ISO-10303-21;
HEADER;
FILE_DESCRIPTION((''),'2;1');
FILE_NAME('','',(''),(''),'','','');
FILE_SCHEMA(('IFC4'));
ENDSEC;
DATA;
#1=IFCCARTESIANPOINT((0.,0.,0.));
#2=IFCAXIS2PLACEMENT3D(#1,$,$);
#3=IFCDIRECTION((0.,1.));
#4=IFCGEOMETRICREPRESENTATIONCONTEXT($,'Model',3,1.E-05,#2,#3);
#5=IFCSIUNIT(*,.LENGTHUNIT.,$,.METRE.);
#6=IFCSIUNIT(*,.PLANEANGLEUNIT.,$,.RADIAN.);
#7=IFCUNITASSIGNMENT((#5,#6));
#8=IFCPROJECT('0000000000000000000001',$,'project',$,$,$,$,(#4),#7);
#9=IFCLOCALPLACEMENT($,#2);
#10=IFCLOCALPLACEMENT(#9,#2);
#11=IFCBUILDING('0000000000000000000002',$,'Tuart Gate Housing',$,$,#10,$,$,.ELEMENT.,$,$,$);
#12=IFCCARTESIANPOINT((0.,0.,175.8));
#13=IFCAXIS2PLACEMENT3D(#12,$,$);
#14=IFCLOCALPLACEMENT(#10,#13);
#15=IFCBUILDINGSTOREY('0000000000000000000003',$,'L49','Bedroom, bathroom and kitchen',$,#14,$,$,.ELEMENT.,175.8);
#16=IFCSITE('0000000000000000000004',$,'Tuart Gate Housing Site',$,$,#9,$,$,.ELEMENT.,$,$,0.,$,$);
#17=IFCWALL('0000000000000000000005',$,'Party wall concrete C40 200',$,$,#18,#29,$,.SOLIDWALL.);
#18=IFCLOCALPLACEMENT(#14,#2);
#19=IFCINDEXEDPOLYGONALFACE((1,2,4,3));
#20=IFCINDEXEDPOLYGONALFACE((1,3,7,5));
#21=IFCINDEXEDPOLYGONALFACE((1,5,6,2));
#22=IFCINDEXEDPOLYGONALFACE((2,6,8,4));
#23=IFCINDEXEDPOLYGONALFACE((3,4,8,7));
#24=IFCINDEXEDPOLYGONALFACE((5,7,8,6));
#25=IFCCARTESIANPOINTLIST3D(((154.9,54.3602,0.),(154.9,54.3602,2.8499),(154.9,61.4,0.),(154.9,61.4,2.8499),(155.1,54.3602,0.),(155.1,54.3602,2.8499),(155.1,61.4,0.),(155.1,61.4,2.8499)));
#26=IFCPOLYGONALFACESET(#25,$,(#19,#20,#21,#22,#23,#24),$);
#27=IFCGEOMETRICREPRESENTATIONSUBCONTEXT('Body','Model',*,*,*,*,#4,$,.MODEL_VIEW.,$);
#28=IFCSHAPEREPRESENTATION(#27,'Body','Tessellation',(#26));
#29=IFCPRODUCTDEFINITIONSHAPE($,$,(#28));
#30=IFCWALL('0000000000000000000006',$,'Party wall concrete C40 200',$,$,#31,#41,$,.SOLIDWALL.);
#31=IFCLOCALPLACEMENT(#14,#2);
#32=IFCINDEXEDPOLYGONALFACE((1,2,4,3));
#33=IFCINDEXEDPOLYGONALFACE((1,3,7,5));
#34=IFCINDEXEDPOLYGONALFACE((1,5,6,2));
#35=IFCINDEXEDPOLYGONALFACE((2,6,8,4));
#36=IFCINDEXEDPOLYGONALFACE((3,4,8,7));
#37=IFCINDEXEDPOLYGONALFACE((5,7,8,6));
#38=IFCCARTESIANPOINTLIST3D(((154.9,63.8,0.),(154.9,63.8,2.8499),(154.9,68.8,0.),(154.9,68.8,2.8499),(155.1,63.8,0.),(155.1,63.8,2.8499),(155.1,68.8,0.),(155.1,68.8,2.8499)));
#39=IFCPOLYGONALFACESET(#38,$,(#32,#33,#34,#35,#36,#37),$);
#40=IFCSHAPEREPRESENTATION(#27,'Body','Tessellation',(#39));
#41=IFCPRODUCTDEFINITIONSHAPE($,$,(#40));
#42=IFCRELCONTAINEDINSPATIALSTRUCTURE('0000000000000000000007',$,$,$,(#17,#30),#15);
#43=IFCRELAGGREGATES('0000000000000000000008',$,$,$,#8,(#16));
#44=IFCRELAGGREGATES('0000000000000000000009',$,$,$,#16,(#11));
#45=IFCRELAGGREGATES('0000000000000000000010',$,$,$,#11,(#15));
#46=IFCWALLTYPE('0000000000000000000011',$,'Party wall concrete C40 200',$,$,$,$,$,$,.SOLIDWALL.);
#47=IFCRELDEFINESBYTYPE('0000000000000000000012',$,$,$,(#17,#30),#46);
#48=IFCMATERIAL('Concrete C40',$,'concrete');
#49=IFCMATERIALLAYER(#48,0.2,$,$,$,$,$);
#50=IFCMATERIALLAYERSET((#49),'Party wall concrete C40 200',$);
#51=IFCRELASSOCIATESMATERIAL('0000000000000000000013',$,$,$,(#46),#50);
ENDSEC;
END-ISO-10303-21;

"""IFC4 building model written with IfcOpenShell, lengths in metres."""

from ifc_helpers import new_model, si_unit, direction, frame, frame_2d, origin, place, context, subcontext, project, spatial, rectangle, extrude, material, layer, layer_set, type_object, element, save


model = new_model("IFC4")

# Units and contexts
model_context = context("Model", 3, precision=1e-05, world=origin(), true_north=direction((0.0, 1.0)))
body_context = subcontext(model_context, "Body", "Model", "MODEL_VIEW")
ifc_project = project(units=[si_unit("LENGTHUNIT", "METRE"), si_unit("PLANEANGLEUNIT", "RADIAN")], contexts=[model_context])

# Site, building, storey
site_placement = place(None, origin())
site = spatial("IfcSite", under=ifc_project, at=site_placement, Name="Tuart Gate Housing Site", CompositionType="ELEMENT", RefElevation=0.0)
building_placement = place(site_placement, origin())
building = spatial("IfcBuilding", under=site, at=building_placement, Name="Tuart Gate Housing", CompositionType="ELEMENT")
storey_placement = place(building_placement, frame((0.0, 0.0, 175.8)))
storey = spatial("IfcBuildingStorey", under=building, at=storey_placement, Name="L49", Description="Bedroom, bathroom and kitchen", CompositionType="ELEMENT", Elevation=175.8)

# Walls
ifc_material_1 = material(Name="Concrete C40", Category="concrete")
ifc_layer_1 = layer(ifc_material_1, 0.2)
ifc_layer_set_1 = layer_set([ifc_layer_1], Name="Party wall concrete C40 200")
wall_type_1 = type_object("IfcWallType", Name="Party wall concrete C40 200", PredefinedType="SOLIDWALL", material=ifc_layer_set_1)
wall_1_placement = place(storey_placement, frame((155.0, 54.3601, 0.0), z_axis=(0.0, 0.0, 1.0), x_axis=(0.0, 1.0, 0.0)))
element("IfcWall", 1, at=wall_1_placement, inside=storey, type_object=wall_type_1, Name="Party wall concrete C40 200", PredefinedType="SOLIDWALL", context=body_context, shape_type="SweptSolid", body=[
    extrude(rectangle(XDim=7.0398, YDim=0.2, at=frame_2d((3.52, 0.0))), origin(), (0.0, 0.0, 1.0), 2.8499),
])
wall_2_placement = place(storey_placement, frame((155.0, 63.8, 0.0), z_axis=(0.0, 0.0, 1.0), x_axis=(0.0, 1.0, 0.0)))
element("IfcWall", 2, at=wall_2_placement, inside=storey, type_object=wall_type_1, Name="Party wall concrete C40 200", PredefinedType="SOLIDWALL", context=body_context, shape_type="SweptSolid", body=[
    extrude(rectangle(XDim=5.0, YDim=0.2, at=frame_2d((2.5, 0.0))), origin(), (0.0, 0.0, 1.0), 2.8499),
])

save(model, "model.ifc")
